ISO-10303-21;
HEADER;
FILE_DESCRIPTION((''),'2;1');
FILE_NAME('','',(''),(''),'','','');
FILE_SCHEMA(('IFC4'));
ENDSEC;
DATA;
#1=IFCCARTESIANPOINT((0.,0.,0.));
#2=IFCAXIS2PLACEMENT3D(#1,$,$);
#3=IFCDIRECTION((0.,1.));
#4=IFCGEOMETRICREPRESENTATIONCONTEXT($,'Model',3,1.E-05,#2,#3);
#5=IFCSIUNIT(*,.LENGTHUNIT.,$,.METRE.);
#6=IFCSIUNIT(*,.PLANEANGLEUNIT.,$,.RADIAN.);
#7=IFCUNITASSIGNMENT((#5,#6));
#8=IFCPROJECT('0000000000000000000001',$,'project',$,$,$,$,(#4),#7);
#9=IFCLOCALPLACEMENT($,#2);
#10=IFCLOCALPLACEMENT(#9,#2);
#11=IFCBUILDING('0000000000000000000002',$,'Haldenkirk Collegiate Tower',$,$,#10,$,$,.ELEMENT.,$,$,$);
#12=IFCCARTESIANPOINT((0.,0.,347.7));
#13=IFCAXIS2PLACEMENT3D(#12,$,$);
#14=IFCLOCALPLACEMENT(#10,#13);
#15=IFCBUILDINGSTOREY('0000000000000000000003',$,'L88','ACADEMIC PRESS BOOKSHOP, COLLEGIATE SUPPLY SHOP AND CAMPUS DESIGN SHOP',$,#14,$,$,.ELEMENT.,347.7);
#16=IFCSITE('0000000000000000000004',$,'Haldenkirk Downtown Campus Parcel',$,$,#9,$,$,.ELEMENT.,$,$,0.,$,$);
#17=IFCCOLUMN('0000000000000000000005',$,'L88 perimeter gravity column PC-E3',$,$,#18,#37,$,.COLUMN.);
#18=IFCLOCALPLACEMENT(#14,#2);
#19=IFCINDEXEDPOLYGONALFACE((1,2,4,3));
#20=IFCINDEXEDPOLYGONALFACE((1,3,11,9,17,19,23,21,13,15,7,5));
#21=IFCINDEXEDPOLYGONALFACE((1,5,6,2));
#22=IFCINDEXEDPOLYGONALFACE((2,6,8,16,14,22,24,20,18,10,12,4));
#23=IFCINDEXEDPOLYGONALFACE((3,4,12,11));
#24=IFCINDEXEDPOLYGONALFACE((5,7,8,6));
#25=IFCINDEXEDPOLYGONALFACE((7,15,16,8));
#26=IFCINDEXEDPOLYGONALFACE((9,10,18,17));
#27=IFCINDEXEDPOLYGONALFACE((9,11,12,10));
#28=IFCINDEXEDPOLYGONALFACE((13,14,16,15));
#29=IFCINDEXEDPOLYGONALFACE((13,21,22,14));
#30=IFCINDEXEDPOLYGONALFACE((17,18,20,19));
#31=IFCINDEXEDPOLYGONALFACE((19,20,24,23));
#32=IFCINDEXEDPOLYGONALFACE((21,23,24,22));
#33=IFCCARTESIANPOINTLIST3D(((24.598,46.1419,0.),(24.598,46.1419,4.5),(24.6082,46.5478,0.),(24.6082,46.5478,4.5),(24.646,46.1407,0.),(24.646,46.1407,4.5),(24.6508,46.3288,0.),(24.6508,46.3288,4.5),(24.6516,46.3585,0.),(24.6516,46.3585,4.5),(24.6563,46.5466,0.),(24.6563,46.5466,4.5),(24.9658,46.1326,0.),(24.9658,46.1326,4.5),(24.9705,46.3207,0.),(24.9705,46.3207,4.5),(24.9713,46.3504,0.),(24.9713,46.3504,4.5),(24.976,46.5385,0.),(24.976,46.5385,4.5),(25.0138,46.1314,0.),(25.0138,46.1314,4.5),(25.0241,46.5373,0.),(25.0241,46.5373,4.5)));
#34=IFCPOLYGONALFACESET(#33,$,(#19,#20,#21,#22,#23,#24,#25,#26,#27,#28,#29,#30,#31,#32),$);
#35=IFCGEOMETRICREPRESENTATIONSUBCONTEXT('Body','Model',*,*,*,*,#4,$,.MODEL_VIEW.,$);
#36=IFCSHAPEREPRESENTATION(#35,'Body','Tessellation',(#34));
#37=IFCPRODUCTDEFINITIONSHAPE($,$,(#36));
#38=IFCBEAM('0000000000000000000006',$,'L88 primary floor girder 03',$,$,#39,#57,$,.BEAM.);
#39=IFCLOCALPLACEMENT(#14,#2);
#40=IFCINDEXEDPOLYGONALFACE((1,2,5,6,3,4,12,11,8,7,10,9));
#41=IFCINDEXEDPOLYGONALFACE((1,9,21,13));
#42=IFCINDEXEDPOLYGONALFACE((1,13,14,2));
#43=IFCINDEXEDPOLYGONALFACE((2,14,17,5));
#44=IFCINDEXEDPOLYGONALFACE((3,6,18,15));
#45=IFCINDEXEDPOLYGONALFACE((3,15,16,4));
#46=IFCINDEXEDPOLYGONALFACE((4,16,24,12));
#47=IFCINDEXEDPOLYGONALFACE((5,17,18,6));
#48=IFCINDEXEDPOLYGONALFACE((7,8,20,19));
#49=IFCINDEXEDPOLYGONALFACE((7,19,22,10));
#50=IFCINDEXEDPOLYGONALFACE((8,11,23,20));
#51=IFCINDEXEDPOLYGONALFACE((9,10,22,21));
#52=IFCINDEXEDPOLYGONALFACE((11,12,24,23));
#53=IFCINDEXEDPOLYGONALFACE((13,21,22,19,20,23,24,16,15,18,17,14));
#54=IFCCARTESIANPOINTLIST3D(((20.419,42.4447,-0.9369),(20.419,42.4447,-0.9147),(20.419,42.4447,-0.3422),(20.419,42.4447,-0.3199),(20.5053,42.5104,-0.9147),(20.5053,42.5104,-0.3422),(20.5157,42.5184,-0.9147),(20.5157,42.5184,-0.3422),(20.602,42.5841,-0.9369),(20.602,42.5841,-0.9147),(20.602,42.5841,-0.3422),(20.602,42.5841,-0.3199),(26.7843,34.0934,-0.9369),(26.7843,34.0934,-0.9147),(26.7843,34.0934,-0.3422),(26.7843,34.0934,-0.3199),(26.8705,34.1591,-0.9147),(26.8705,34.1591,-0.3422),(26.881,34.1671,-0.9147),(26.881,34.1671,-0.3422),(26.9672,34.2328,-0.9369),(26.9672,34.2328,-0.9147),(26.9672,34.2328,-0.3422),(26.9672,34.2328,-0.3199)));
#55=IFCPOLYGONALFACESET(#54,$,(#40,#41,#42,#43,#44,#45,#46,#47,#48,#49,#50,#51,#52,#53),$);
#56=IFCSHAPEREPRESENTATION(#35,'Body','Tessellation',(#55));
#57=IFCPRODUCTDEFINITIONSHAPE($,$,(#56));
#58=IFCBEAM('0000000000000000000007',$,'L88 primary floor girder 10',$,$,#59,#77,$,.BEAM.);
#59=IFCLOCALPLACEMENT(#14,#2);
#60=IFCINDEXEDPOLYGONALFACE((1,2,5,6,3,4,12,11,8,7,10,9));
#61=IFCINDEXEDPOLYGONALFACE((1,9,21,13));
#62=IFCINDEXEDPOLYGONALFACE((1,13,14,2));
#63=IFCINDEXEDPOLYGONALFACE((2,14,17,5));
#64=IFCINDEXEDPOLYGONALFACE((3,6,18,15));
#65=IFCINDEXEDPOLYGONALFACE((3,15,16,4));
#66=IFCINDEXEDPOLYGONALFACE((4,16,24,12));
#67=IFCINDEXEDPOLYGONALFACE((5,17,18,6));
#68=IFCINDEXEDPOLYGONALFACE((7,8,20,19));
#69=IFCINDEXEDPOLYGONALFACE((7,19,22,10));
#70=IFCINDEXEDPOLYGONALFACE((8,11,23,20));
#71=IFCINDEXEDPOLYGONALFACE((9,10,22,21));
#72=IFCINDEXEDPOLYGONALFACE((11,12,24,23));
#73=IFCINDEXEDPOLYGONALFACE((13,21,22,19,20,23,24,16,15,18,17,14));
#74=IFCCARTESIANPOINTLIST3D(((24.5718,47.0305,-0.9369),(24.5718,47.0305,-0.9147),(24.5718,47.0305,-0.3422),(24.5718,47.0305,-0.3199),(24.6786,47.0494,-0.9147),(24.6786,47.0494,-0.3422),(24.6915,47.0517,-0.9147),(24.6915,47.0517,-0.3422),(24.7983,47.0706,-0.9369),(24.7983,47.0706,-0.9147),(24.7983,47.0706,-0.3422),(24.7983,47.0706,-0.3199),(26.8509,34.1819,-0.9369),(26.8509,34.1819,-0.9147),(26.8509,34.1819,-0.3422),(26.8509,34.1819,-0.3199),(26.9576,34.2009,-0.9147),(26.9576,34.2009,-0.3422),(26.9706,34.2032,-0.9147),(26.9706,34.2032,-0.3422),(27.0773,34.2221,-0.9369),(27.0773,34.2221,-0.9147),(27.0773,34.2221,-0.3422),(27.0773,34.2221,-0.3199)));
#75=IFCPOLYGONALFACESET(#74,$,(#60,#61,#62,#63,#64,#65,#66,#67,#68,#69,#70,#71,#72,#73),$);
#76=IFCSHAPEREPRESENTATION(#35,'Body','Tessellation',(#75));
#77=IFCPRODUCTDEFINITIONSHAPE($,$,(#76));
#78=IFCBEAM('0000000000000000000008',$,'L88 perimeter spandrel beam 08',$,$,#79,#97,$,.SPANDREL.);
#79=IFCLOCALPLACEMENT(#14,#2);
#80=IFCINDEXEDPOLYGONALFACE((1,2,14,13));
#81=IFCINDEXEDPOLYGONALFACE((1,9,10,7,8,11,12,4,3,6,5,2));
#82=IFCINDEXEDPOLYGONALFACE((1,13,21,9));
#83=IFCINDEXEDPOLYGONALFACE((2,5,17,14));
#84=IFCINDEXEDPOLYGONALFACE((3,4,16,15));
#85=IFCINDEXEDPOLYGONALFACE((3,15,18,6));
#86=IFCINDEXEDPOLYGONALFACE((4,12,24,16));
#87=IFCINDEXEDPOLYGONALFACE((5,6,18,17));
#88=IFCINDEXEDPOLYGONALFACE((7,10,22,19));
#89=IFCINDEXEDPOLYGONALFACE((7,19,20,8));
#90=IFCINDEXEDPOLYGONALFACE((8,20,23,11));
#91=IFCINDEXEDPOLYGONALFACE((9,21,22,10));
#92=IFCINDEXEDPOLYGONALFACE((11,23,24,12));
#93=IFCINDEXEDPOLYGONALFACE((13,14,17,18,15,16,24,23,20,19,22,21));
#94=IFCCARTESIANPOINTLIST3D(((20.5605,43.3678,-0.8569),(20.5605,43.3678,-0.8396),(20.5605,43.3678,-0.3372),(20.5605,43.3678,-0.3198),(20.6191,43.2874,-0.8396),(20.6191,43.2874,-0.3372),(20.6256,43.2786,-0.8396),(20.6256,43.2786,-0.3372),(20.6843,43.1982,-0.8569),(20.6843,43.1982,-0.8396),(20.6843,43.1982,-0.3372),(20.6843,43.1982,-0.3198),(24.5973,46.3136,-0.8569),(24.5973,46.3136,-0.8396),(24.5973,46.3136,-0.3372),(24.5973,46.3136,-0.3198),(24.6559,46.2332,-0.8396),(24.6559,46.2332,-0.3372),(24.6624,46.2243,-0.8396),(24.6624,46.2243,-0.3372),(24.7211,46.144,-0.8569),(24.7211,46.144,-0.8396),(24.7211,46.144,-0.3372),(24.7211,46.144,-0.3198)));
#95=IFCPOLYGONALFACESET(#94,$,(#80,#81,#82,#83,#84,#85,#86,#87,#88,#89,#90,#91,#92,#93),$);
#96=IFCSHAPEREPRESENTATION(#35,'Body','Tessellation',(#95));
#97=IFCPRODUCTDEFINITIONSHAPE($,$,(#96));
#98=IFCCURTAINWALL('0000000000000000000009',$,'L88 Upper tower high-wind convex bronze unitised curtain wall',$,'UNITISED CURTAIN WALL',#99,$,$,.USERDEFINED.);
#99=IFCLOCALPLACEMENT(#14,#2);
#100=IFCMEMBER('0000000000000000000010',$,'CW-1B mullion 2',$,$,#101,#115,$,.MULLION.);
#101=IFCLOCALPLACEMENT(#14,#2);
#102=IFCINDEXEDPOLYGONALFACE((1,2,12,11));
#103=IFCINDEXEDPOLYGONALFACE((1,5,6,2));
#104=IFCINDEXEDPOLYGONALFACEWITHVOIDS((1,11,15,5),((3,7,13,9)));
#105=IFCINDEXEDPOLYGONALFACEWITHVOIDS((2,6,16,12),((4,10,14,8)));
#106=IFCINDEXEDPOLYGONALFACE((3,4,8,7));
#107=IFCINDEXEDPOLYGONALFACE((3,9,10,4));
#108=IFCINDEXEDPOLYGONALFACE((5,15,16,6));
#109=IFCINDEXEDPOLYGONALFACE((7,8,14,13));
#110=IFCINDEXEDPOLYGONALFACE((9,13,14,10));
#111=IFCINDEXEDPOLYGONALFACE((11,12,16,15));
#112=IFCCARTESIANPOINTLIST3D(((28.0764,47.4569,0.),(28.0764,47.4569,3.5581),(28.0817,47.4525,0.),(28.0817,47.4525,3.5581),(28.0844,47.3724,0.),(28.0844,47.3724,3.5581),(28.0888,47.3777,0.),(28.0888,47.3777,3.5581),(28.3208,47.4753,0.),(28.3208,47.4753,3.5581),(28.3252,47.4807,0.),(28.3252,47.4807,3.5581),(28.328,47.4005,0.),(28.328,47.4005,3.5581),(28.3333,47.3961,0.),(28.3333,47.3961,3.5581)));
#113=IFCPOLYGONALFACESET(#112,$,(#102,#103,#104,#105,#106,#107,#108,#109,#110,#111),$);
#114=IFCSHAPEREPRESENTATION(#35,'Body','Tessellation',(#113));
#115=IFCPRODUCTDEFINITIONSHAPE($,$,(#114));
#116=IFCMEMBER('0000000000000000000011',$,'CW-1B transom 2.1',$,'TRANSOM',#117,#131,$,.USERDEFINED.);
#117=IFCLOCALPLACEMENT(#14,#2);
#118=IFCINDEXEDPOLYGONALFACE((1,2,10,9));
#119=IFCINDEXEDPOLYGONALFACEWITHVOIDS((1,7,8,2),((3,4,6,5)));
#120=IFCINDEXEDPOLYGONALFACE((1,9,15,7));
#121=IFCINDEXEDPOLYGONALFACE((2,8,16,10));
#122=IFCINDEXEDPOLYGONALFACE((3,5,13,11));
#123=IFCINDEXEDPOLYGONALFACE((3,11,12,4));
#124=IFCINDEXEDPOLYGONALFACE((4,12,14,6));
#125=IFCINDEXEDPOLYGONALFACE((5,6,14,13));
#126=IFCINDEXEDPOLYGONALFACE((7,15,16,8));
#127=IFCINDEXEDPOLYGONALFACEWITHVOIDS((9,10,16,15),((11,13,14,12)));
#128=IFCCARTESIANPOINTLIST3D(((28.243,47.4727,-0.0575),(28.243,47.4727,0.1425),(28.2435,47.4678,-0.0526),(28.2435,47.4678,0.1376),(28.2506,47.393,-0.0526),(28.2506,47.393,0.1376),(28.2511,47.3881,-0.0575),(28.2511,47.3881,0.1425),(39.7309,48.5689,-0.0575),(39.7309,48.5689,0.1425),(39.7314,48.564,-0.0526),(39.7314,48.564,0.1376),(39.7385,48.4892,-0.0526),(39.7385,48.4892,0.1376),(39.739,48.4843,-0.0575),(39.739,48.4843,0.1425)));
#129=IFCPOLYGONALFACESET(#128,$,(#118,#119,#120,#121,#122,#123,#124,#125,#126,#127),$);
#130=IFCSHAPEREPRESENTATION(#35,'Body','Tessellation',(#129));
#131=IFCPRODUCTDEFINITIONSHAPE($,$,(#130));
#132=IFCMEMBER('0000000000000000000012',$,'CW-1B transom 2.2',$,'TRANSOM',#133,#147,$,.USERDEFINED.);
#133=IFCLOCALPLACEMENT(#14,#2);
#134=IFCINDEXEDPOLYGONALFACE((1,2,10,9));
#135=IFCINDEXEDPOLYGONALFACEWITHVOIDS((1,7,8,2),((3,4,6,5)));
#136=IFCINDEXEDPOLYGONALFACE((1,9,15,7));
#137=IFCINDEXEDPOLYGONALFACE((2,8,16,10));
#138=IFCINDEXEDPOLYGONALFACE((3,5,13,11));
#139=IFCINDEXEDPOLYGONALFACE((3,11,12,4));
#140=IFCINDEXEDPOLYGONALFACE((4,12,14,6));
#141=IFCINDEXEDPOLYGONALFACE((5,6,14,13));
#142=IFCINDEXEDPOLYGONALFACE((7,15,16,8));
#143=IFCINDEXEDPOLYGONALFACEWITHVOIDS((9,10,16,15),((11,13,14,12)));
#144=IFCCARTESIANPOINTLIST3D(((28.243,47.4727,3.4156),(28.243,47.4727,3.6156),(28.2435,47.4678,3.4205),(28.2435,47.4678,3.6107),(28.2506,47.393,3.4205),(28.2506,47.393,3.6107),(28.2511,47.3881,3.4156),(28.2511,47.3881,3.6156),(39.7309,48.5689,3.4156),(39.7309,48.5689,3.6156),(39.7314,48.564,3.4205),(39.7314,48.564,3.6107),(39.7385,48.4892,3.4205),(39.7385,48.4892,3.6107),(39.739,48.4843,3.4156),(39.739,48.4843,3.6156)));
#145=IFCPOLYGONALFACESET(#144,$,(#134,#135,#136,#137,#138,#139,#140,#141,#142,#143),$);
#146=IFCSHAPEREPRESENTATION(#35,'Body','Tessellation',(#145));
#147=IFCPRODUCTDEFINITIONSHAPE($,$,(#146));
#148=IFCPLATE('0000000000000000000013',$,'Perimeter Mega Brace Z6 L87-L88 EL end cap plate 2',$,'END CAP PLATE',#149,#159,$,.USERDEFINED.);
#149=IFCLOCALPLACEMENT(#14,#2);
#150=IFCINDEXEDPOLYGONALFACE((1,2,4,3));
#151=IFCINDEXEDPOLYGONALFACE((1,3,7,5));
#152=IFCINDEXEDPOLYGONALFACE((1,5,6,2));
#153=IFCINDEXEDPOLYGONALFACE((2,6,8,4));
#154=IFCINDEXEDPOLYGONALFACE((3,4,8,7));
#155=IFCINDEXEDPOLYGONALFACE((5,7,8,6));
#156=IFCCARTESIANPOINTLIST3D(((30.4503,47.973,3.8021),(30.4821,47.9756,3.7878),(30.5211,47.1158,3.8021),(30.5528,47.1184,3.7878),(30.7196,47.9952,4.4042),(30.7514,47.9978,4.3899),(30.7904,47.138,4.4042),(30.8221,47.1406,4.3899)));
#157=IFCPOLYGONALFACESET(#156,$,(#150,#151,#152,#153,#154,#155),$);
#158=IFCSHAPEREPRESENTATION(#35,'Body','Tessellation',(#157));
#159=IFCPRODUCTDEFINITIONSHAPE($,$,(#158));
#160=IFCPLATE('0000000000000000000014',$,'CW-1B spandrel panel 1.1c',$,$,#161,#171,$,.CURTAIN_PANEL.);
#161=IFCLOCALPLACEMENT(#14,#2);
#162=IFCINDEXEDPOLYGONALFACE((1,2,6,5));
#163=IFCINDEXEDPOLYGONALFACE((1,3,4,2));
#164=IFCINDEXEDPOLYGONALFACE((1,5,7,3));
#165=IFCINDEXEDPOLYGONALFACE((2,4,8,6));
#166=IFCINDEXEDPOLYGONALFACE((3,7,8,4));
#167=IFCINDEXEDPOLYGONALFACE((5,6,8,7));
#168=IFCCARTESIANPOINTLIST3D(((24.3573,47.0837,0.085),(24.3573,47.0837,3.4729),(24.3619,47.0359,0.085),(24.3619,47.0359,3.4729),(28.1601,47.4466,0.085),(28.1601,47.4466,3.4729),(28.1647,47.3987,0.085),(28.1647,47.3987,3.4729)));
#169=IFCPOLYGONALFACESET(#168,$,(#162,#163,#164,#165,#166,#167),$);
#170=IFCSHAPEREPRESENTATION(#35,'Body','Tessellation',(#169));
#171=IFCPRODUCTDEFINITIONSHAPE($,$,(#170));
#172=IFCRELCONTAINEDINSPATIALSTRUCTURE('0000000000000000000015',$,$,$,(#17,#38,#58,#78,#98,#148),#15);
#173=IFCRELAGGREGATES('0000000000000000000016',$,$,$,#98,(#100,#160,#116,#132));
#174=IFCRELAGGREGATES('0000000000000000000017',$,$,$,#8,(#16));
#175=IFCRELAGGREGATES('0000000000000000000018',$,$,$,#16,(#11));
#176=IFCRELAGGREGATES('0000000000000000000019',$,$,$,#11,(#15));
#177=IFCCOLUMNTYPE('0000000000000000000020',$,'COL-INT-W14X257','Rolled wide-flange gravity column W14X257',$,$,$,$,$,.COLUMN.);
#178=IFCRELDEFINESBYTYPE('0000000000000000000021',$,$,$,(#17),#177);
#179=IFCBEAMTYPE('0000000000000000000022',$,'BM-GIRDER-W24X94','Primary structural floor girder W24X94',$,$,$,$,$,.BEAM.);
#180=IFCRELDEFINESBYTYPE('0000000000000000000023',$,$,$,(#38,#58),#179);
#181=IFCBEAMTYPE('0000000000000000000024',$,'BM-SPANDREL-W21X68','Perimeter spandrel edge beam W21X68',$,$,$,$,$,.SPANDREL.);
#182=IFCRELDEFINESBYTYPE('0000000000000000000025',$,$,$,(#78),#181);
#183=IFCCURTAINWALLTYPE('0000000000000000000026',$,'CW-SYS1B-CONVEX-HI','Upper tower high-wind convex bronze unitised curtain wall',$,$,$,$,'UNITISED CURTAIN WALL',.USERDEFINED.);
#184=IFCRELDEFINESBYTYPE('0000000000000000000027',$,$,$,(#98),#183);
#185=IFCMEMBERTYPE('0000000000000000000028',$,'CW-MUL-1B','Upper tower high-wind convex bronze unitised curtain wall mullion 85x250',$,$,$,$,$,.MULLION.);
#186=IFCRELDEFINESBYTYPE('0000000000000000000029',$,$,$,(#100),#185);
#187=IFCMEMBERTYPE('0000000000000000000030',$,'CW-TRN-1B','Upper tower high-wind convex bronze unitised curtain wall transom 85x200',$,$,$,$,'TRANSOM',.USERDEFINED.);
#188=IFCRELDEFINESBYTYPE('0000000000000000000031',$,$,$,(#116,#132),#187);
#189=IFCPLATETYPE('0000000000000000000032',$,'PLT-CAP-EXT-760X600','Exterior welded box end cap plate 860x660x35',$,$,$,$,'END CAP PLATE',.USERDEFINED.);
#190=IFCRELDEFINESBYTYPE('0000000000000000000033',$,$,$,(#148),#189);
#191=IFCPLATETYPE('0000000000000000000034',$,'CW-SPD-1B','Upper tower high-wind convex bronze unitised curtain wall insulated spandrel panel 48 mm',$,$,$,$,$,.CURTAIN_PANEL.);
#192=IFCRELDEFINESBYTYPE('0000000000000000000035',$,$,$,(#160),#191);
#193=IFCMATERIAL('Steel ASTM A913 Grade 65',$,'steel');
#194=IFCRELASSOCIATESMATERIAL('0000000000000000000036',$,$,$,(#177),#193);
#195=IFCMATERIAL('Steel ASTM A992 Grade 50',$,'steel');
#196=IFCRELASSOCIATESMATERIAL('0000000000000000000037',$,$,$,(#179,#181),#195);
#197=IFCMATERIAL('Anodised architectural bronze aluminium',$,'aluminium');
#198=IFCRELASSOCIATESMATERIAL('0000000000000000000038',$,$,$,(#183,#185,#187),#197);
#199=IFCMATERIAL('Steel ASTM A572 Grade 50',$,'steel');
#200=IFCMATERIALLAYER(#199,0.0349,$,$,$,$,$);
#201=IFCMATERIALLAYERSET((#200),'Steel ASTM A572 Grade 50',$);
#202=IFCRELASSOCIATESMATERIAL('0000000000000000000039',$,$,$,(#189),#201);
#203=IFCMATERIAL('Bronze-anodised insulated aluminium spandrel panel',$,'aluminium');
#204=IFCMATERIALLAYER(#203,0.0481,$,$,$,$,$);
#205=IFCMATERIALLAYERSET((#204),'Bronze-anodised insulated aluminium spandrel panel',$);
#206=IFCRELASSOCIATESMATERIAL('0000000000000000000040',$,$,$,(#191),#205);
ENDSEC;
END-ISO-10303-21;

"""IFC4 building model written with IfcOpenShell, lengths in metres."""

from ifc_helpers import new_model, si_unit, direction, frame, origin, origin_2d, place, context, subcontext, project, spatial, rectangle, hollow_rectangle, i_section, extrude, source, transform, mapped, material, layer, layer_set, material_profile, profile_set, type_object, element, aggregate, save


model = new_model("IFC4")

# Units and contexts
model_context = context("Model", 3, precision=1e-05, world=origin(), true_north=direction((0.0, 1.0)))
body_context = subcontext(model_context, "Body", "Model", "MODEL_VIEW")
ifc_project = project(units=[si_unit("LENGTHUNIT", "METRE"), si_unit("PLANEANGLEUNIT", "RADIAN")], contexts=[model_context])

# Site, building, storey
site_placement = place(None, origin())
site = spatial("IfcSite", under=ifc_project, at=site_placement, Name="Haldenkirk Downtown Campus Parcel", CompositionType="ELEMENT", RefElevation=0.0)
building_placement = place(site_placement, origin())
building = spatial("IfcBuilding", under=site, at=building_placement, Name="Haldenkirk Collegiate Tower", CompositionType="ELEMENT")
storey_placement = place(building_placement, frame((0.0, 0.0, 347.7)))
storey = spatial("IfcBuildingStorey", under=building, at=storey_placement, Name="L88", Description="ACADEMIC PRESS BOOKSHOP, COLLEGIATE SUPPLY SHOP AND CAMPUS DESIGN SHOP", CompositionType="ELEMENT", Elevation=347.7)

# Column
ifc_material_1 = material(Name="Steel ASTM A913 Grade 65", Category="steel")
ifc_material_profile_1 = material_profile(ifc_material_1, i_section(OverallWidth=0.406, OverallDepth=0.416, WebThickness=0.0298, FlangeThickness=0.0481, at=origin_2d()), Name="W14X257")
ifc_profile_set_1 = profile_set([ifc_material_profile_1], Name="Steel ASTM A913 Grade 65")
column_type = type_object("IfcColumnType", Name="COL-INT-W14X257", Description="Rolled wide-flange gravity column W14X257", PredefinedType="COLUMN", material=ifc_profile_set_1)
column_placement = place(storey_placement, frame((24.811, 46.3396, 0.0), z_axis=(0.0, 0.0, 1.0), x_axis=(0.025305, 0.99968, 0.0)))
element("IfcColumn", 1, at=column_placement, inside=storey, type_object=column_type, Name="L88 perimeter gravity column PC-E3", PredefinedType="COLUMN", context=body_context, shape_type="SweptSolid", body=[
    extrude(i_section(OverallWidth=0.406, OverallDepth=0.416, WebThickness=0.0298, FlangeThickness=0.0481, at=origin_2d()), origin(), (0.0, 0.0, 1.0), 4.5),
])

# Beams
ifc_material_2 = material(Name="Steel ASTM A992 Grade 50", Category="steel")
ifc_material_profile_2 = material_profile(ifc_material_2, i_section(OverallWidth=0.23, OverallDepth=0.6169, WebThickness=0.0132, FlangeThickness=0.0222, at=origin_2d()), Name="W24X94")
ifc_profile_set_2 = profile_set([ifc_material_profile_2], Name="Steel ASTM A992 Grade 50")
beam_type_1 = type_object("IfcBeamType", Name="BM-GIRDER-W24X94", Description="Primary structural floor girder W24X94", PredefinedType="BEAM", material=ifc_profile_set_2)
beam_1_placement = place(storey_placement, frame((20.5105, 42.5144, -0.6284), z_axis=(0.606183, -0.795325, 0.0), x_axis=(0.795325, 0.606183, 0.0)))
element("IfcBeam", 2, at=beam_1_placement, inside=storey, type_object=beam_type_1, Name="L88 primary floor girder 03", PredefinedType="BEAM", context=body_context, shape_type="SweptSolid", body=[
    extrude(i_section(OverallWidth=0.23, OverallDepth=0.6169, WebThickness=0.0132, FlangeThickness=0.0222, at=origin_2d()), origin(), (0.0, 0.0, 1.0), 10.5005),
])
beam_2_placement = place(storey_placement, frame((24.6851, 47.0505, -0.6284), z_axis=(0.174651, -0.98463, 0.0), x_axis=(0.98463, 0.174651, 0.0)))
element("IfcBeam", 3, at=beam_2_placement, inside=storey, type_object=beam_type_1, Name="L88 primary floor girder 10", PredefinedType="BEAM", context=body_context, shape_type="SweptSolid", body=[
    extrude(i_section(OverallWidth=0.23, OverallDepth=0.6169, WebThickness=0.0132, FlangeThickness=0.0222, at=origin_2d()), origin(), (0.0, 0.0, 1.0), 13.0491),
])
ifc_material_profile_3 = material_profile(ifc_material_2, i_section(OverallWidth=0.21, OverallDepth=0.5371, WebThickness=0.011, FlangeThickness=0.0173, at=origin_2d()), Name="W21X68")
ifc_profile_set_3 = profile_set([ifc_material_profile_3], Name="Steel ASTM A992 Grade 50")
beam_type_2 = type_object("IfcBeamType", Name="BM-SPANDREL-W21X68", Description="Perimeter spandrel edge beam W21X68", PredefinedType="SPANDREL", material=ifc_profile_set_3)
beam_3_placement = place(storey_placement, frame((24.6592, 46.2288, -0.5884), z_axis=(-0.807793, -0.589466, 0.0), x_axis=(0.589466, -0.807793, 0.0)))
element("IfcBeam", 4, at=beam_3_placement, inside=storey, type_object=beam_type_2, Name="L88 perimeter spandrel beam 08", PredefinedType="SPANDREL", context=body_context, shape_type="SweptSolid", body=[
    extrude(i_section(OverallWidth=0.21, OverallDepth=0.5371, WebThickness=0.011, FlangeThickness=0.0173, at=origin_2d()), origin(), (0.0, 0.0, 1.0), 4.9973),
])

# Curtain wall, members
ifc_material_3 = material(Name="Anodised architectural bronze aluminium", Category="aluminium")
curtain_wall_type = type_object("IfcCurtainWallType", Name="CW-SYS1B-CONVEX-HI", Description="Upper tower high-wind convex bronze unitised curtain wall", ElementType="UNITISED CURTAIN WALL", PredefinedType="USERDEFINED", material=ifc_material_3)
curtain_wall_placement = place(storey_placement, origin())
curtain_wall = element("IfcCurtainWall", 5, at=curtain_wall_placement, inside=storey, type_object=curtain_wall_type, Name="L88 Upper tower high-wind convex bronze unitised curtain wall", ObjectType="UNITISED CURTAIN WALL", PredefinedType="USERDEFINED")
ifc_material_profile_4 = material_profile(ifc_material_3, hollow_rectangle(XDim=0.085, YDim=0.25, WallThickness=0.0049, at=origin_2d()), Name="CW-MUL-1B")
ifc_profile_set_4 = profile_set([ifc_material_profile_4], Name="Anodised architectural bronze aluminium")
member_type_1 = type_object("IfcMemberType", Name="CW-MUL-1B", Description="Upper tower high-wind convex bronze unitised curtain wall mullion 85x250", PredefinedType="MULLION", material=ifc_profile_set_4)
member_1_placement = place(storey_placement, frame((28.2048, 47.4265, 0.0), z_axis=(0.0, 0.0, 1.0), x_axis=(-0.094976, 0.99548, 0.0)))
member_1 = element("IfcMember", 6, at=member_1_placement, type_object=member_type_1, Name="CW-1B mullion 2", PredefinedType="MULLION", context=body_context, shape_type="SweptSolid", body=[
    extrude(hollow_rectangle(XDim=0.085, YDim=0.25, WallThickness=0.0049, at=origin_2d()), origin(), (0.0, 0.0, 1.0), 3.5581),
])
ifc_material_profile_5 = material_profile(ifc_material_3, hollow_rectangle(XDim=0.085, YDim=0.2, WallThickness=0.0049, at=origin_2d()), Name="CW-TRN-1B")
ifc_profile_set_5 = profile_set([ifc_material_profile_5], Name="Anodised architectural bronze aluminium")
member_type_2 = type_object("IfcMemberType", Name="CW-TRN-1B", Description="Upper tower high-wind convex bronze unitised curtain wall transom 85x200", ElementType="TRANSOM", PredefinedType="USERDEFINED", material=ifc_profile_set_5)
member_2_placement = place(storey_placement, frame((28.2471, 47.4304, 0.0425), z_axis=(0.995478, 0.094991, 0.0), x_axis=(-0.094991, 0.995478, 0.0)))
member_2 = element("IfcMember", 7, at=member_2_placement, type_object=member_type_2, Name="CW-1B transom 2.1", ObjectType="TRANSOM", PredefinedType="USERDEFINED", context=body_context, shape_type="SweptSolid", body=[
    extrude(hollow_rectangle(XDim=0.085, YDim=0.2, WallThickness=0.0049, at=origin_2d()), origin(), (0.0, 0.0, 1.0), 11.54),
])
member_3_placement = place(storey_placement, frame((28.2471, 47.4304, 3.5156), z_axis=(0.995478, 0.094991, 0.0), x_axis=(-0.094991, 0.995478, 0.0)))
member_3 = element("IfcMember", 8, at=member_3_placement, type_object=member_type_2, Name="CW-1B transom 2.2", ObjectType="TRANSOM", PredefinedType="USERDEFINED", context=body_context, shape_type="SweptSolid", body=[
    extrude(hollow_rectangle(XDim=0.085, YDim=0.2, WallThickness=0.0049, at=origin_2d()), origin(), (0.0, 0.0, 1.0), 11.54),
])

# Plates
ifc_material_4 = material(Name="Steel ASTM A572 Grade 50", Category="steel")
ifc_layer_1 = layer(ifc_material_4, 0.0349)
ifc_layer_set_1 = layer_set([ifc_layer_1], Name="Steel ASTM A572 Grade 50")
plate_type_1 = type_object("IfcPlateType", Name="PLT-CAP-EXT-760X600", Description="Exterior welded box end cap plate 860x660x35", ElementType="END CAP PLATE", PredefinedType="USERDEFINED", material=ifc_layer_set_1)
shared_shape_1 = source(origin(), body_context, "Body", "SweptSolid", [
    extrude(rectangle(XDim=0.8601, YDim=0.6599, at=origin_2d()), origin(), (0.0, 0.0, 1.0), 0.0349),
])
plate_1_placement = place(storey_placement, frame((30.6521, 47.5581, 4.0889), z_axis=(-0.909219, -0.075028, 0.409501), x_axis=(0.08224, -0.996613, 0.0)))
element("IfcPlate", 9, at=plate_1_placement, inside=storey, type_object=plate_type_1, Name="Perimeter Mega Brace Z6 L87-L88 EL end cap plate 2", ObjectType="END CAP PLATE", PredefinedType="USERDEFINED", context=body_context, shape_type="MappedRepresentation", body=[
    mapped(shared_shape_1, transform((0.0, 0.0, 0.0), x_axis=(1.0, 0.0, 0.0), y_axis=(0.0, 1.0, 0.0), z_axis=(0.0, 0.0, 1.0), scale=1.0)),
])
ifc_material_5 = material(Name="Bronze-anodised insulated aluminium spandrel panel", Category="aluminium")
ifc_layer_2 = layer(ifc_material_5, 0.0481)
ifc_layer_set_2 = layer_set([ifc_layer_2], Name="Bronze-anodised insulated aluminium spandrel panel")
plate_type_2 = type_object("IfcPlateType", Name="CW-SPD-1B", Description="Upper tower high-wind convex bronze unitised curtain wall insulated spandrel panel 48 mm", PredefinedType="CURTAIN_PANEL", material=ifc_layer_set_2)
shared_shape_2 = source(origin(), body_context, "Body", "SweptSolid", [
    extrude(rectangle(XDim=3.8201, YDim=0.0481, at=origin_2d()), origin(), (0.0, 0.0, 1.0), 3.3879),
])
plate_2_placement = place(storey_placement, frame((26.261, 47.2412, 0.085), z_axis=(0.0, 0.0, 1.0), x_axis=(0.99548, 0.094976, 0.0)))
plate_2 = element("IfcPlate", 10, at=plate_2_placement, type_object=plate_type_2, Name="CW-1B spandrel panel 1.1c", PredefinedType="CURTAIN_PANEL", context=body_context, shape_type="MappedRepresentation", body=[
    mapped(shared_shape_2, transform((0.0, 0.0, 0.0), x_axis=(1.0, 0.0, 0.0), y_axis=(0.0, 1.0, 0.0), z_axis=(0.0, 0.0, 1.0), scale=1.0)),
])
aggregate(curtain_wall, [member_1, plate_2, member_2, member_3])

save(model, "model.ifc")
